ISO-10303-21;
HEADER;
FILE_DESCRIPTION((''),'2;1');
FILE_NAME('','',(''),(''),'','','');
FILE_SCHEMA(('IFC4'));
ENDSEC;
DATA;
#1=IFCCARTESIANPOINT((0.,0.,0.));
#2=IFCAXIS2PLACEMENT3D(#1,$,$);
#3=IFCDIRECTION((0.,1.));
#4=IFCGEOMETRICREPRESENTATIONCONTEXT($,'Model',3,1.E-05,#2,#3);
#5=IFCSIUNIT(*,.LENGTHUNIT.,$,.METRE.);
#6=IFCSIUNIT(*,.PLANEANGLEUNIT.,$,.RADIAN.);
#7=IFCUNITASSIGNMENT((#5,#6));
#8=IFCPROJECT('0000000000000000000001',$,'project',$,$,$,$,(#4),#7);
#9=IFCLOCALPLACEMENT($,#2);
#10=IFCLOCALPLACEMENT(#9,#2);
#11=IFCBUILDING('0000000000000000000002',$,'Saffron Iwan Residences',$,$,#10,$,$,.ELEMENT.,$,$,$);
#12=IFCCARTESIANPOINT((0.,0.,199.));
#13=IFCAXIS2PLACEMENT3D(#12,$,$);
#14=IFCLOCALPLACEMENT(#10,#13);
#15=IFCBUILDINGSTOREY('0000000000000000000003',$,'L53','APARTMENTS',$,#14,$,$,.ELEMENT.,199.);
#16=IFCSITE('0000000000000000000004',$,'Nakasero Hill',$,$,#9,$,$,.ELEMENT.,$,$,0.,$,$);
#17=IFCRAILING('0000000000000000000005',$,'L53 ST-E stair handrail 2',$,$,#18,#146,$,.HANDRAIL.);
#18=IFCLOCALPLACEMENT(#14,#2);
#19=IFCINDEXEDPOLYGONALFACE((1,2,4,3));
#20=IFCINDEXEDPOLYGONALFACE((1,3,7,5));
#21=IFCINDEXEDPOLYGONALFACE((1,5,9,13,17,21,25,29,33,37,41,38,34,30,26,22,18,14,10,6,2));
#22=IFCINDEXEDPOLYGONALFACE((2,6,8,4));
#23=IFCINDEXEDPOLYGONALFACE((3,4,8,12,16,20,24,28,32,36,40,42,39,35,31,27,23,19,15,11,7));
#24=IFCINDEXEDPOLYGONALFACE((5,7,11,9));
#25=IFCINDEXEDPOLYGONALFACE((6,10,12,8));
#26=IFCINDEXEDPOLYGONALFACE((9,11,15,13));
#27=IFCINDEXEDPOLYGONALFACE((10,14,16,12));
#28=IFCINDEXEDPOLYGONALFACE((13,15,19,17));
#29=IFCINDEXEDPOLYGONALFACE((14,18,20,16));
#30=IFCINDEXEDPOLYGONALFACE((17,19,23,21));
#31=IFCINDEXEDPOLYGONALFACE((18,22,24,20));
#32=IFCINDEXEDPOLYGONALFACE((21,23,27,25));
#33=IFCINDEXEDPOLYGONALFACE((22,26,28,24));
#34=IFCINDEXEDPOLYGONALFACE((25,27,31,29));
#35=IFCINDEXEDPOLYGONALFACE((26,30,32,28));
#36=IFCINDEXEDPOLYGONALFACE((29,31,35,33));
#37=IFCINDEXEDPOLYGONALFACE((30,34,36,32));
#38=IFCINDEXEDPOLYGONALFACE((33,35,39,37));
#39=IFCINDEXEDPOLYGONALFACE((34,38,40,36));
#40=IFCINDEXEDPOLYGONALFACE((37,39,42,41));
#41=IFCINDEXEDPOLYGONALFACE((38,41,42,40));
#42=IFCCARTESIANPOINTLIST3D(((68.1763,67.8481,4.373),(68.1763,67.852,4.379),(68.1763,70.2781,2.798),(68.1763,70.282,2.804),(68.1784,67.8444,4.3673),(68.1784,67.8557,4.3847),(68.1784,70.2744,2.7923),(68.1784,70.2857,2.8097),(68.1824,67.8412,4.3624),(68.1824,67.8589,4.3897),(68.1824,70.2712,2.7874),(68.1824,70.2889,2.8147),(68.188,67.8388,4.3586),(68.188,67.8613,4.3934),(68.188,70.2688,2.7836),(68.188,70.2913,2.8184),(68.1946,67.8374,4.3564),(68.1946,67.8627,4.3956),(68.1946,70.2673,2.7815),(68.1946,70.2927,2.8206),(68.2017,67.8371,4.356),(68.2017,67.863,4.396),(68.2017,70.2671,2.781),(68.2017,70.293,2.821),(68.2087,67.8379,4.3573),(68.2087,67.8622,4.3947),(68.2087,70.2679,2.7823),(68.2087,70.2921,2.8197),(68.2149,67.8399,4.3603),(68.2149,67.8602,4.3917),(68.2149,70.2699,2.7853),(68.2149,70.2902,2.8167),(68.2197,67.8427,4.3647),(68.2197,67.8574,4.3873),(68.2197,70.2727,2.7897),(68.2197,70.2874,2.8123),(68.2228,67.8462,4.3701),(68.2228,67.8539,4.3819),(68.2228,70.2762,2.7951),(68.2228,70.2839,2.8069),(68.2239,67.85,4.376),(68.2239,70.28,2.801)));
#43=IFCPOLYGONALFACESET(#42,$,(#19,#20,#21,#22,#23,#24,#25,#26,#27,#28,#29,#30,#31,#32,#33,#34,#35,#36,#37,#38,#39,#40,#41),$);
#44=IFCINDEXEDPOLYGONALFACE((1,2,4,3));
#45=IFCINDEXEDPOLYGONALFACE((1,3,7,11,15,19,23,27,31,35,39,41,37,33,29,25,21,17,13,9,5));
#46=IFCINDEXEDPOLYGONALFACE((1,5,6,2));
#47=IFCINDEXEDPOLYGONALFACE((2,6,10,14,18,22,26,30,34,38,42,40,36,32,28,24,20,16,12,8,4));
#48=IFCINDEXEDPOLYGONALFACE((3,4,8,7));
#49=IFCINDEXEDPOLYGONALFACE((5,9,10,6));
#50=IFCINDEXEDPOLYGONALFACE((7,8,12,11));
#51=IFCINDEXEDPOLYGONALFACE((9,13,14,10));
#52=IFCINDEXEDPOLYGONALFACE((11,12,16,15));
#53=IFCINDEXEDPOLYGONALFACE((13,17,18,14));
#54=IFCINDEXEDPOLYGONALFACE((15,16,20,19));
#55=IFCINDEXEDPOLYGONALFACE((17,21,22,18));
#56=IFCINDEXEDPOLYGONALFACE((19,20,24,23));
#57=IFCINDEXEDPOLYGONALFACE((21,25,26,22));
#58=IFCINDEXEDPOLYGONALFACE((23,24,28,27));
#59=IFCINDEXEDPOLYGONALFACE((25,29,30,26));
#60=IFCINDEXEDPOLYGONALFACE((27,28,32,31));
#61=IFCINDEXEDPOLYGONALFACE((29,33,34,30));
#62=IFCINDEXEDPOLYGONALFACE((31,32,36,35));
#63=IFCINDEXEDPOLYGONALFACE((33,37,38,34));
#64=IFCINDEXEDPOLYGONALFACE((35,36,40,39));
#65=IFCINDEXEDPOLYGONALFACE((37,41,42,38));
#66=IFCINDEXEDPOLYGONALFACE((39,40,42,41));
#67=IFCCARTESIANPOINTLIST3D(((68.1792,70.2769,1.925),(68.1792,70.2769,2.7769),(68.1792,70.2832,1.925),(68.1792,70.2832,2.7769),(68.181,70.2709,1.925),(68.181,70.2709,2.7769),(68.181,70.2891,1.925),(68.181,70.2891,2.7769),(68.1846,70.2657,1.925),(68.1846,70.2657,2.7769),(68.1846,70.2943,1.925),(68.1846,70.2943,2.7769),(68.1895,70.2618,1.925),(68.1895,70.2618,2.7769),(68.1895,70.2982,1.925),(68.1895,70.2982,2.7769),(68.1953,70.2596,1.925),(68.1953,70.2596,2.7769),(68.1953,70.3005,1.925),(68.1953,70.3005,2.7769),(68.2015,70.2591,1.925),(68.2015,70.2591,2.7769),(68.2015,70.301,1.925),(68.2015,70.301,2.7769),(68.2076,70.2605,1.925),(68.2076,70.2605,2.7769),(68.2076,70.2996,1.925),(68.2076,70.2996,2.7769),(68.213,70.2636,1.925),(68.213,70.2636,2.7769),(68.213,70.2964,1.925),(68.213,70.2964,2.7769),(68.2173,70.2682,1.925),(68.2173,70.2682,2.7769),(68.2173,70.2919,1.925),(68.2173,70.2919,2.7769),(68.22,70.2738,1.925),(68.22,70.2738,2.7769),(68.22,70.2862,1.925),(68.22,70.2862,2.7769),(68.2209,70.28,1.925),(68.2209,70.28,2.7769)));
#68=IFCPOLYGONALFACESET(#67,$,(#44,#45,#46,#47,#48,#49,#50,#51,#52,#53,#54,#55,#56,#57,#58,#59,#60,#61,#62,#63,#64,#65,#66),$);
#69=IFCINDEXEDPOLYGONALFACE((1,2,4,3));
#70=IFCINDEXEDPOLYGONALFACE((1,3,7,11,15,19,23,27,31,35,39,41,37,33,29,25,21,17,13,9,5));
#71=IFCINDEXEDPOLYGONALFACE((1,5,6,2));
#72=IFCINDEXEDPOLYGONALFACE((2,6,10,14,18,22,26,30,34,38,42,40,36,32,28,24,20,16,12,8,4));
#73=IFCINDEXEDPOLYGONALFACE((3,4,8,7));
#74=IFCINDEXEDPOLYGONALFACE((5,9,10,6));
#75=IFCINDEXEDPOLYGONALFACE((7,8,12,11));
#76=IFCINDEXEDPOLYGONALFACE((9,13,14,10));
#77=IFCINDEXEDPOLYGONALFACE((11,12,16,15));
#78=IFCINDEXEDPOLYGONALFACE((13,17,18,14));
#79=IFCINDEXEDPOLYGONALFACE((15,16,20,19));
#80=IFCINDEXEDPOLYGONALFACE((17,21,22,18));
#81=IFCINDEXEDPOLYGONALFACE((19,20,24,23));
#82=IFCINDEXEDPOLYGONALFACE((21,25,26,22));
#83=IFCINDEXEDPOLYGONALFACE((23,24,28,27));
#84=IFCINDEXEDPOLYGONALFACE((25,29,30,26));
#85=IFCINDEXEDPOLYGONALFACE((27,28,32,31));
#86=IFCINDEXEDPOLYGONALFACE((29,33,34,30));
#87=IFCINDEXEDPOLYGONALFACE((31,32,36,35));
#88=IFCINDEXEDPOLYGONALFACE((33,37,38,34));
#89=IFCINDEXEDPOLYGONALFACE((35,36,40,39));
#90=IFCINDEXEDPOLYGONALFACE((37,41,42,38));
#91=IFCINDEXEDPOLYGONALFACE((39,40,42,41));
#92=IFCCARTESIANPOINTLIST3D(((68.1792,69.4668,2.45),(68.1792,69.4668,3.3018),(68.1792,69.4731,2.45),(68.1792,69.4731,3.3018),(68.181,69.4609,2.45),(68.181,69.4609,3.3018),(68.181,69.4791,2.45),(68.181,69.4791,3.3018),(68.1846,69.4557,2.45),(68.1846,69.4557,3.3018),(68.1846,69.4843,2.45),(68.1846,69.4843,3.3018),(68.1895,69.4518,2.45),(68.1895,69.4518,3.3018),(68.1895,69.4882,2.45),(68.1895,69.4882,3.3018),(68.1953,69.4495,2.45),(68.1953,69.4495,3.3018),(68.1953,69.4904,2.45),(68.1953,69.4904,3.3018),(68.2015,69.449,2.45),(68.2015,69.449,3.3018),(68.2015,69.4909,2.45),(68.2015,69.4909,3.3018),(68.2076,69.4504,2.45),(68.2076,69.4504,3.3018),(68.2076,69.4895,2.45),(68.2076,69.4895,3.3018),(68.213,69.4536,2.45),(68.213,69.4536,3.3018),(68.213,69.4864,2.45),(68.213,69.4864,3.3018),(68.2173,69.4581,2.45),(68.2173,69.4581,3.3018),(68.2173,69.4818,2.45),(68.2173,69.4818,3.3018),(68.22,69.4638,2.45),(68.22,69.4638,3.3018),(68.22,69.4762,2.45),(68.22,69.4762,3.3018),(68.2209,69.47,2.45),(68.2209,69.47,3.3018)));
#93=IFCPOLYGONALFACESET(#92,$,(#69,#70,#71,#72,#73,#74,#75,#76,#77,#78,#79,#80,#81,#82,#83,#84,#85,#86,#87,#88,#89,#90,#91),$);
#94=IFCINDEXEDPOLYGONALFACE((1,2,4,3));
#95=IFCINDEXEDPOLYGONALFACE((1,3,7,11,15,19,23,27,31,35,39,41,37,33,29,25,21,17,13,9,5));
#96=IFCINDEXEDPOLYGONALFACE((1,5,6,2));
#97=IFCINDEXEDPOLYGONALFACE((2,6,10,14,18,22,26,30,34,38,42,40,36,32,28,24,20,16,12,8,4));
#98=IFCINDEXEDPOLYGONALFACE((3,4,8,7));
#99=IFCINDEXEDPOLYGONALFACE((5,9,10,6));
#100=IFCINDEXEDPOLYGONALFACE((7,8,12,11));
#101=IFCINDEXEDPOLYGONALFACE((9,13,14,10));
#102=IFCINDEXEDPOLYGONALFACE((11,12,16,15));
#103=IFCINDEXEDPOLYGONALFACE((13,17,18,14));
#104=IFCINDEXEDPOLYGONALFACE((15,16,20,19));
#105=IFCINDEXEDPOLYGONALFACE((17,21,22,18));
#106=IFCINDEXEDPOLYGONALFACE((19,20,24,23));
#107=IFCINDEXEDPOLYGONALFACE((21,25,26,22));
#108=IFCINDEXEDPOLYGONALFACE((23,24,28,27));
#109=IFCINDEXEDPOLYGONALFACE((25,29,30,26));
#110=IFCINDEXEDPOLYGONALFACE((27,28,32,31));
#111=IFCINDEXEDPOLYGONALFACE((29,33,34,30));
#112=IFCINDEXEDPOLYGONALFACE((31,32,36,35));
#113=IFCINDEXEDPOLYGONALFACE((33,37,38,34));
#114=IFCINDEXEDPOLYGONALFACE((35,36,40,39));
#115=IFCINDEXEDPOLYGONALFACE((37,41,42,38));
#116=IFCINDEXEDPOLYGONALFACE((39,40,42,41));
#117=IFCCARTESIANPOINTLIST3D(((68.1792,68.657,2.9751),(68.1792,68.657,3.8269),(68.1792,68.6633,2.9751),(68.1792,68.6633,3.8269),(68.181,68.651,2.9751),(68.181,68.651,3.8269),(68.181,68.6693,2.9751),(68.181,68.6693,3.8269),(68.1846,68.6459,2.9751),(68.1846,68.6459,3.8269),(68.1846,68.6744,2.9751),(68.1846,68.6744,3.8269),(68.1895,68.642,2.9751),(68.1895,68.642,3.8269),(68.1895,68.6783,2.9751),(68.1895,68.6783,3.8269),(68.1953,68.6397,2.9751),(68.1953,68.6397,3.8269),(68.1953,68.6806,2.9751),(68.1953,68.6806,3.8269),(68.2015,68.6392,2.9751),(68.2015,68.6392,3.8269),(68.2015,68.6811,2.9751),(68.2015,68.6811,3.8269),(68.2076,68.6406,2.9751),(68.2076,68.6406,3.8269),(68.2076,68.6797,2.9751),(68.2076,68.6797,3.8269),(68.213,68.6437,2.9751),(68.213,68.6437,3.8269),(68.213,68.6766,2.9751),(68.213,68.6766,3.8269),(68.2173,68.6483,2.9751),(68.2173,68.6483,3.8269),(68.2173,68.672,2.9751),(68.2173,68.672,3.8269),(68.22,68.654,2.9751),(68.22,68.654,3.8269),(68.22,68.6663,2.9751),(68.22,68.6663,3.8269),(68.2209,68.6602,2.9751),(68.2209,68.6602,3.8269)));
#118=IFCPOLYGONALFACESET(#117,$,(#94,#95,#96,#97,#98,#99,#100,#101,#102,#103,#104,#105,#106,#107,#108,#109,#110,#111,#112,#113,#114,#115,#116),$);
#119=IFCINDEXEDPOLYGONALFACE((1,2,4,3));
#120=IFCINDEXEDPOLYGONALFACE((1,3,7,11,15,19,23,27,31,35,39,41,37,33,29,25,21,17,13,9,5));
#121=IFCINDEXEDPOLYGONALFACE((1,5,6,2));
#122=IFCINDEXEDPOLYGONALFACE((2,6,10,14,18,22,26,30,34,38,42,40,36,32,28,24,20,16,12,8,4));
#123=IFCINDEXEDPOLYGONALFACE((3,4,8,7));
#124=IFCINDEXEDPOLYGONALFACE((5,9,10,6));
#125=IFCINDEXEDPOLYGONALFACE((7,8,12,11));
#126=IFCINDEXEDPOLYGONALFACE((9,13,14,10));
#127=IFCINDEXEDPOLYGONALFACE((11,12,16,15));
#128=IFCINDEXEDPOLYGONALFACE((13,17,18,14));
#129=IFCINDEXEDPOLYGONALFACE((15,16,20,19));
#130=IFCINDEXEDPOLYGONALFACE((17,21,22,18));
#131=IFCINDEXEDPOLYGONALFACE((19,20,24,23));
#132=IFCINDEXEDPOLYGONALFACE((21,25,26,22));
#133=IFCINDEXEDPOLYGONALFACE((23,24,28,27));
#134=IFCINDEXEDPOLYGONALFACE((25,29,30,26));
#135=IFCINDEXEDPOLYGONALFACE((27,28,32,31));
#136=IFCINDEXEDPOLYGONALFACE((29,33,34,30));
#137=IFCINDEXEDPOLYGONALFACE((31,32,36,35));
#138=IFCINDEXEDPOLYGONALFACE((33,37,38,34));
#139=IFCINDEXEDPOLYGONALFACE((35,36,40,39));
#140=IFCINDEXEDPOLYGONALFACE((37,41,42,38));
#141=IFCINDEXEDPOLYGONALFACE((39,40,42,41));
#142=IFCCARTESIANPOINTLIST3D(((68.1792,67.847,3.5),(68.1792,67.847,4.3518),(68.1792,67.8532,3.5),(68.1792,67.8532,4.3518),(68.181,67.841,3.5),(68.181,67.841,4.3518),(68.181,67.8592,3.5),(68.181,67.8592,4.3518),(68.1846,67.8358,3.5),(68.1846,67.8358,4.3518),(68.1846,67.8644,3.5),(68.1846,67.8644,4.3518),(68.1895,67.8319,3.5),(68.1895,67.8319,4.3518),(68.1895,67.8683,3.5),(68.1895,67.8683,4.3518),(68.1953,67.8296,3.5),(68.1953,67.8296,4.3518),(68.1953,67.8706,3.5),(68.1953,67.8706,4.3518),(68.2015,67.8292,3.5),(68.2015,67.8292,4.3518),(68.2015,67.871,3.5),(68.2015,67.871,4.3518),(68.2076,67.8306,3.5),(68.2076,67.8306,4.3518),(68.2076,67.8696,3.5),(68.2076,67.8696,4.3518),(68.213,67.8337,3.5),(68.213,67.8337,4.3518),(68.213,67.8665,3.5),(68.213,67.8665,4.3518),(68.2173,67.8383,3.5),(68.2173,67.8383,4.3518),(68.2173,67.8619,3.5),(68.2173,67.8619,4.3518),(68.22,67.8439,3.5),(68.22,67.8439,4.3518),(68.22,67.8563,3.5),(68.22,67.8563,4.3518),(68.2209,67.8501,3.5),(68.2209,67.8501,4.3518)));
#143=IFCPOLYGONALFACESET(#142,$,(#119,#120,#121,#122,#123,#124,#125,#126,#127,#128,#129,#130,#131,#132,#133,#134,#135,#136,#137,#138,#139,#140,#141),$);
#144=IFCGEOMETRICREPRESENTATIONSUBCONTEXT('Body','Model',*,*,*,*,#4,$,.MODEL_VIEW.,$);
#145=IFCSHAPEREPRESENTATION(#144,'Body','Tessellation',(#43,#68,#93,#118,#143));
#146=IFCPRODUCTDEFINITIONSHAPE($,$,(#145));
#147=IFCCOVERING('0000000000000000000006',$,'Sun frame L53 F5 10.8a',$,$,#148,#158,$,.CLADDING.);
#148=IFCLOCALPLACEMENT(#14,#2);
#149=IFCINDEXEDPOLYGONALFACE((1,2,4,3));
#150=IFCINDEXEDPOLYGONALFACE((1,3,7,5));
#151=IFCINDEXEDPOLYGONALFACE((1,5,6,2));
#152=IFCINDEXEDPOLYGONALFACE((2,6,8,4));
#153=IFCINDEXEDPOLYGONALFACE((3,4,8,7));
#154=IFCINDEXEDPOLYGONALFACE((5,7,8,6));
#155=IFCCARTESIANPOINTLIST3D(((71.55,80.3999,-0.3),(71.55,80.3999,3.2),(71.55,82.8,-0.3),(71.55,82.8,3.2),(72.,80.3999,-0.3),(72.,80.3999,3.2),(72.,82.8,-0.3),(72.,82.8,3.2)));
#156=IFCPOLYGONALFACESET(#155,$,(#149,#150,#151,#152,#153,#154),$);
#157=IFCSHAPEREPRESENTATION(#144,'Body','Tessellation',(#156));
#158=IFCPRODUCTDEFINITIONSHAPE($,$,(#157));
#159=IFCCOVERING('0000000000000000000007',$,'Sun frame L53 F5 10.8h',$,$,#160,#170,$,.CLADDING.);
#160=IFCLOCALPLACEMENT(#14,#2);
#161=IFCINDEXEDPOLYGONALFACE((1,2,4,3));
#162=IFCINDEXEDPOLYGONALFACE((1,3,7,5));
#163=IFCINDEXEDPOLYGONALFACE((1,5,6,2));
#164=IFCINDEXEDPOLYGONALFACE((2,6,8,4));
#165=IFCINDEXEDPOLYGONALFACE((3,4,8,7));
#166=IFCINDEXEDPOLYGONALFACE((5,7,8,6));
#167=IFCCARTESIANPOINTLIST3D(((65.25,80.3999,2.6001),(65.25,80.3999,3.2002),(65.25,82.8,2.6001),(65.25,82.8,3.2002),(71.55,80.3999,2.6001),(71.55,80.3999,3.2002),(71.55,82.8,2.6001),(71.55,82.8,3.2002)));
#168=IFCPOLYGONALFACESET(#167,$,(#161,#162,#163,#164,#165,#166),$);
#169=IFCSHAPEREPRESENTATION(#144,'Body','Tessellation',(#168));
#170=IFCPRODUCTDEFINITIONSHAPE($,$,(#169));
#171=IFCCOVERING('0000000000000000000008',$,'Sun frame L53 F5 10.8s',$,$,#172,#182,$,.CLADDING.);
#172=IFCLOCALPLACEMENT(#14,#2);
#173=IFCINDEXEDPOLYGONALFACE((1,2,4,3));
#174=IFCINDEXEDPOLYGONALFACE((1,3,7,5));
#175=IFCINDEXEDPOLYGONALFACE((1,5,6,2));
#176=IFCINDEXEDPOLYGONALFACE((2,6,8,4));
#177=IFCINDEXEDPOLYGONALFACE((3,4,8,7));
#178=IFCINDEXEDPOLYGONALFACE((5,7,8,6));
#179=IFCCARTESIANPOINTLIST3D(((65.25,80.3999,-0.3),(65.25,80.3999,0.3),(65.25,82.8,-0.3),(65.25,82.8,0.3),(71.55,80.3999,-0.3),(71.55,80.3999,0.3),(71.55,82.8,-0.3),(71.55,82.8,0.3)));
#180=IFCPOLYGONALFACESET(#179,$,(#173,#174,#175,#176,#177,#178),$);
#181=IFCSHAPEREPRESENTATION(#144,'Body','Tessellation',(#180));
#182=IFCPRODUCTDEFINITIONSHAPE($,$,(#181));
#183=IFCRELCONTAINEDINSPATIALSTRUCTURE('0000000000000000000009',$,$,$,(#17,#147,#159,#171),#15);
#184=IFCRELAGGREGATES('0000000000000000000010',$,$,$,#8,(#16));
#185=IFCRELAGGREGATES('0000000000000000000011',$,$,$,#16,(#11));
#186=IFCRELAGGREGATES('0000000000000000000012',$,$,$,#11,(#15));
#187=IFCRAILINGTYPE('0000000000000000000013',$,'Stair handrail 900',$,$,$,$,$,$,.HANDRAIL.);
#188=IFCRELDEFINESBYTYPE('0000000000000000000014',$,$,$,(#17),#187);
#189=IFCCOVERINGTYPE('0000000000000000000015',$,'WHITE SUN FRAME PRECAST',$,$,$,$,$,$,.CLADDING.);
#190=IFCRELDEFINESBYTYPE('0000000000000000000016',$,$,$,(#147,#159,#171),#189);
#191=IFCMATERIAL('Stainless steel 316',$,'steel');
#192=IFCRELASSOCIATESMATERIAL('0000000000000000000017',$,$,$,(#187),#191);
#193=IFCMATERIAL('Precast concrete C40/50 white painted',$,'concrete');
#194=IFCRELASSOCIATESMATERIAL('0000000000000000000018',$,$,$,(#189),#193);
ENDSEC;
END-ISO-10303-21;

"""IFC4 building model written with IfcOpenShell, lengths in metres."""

from ifc_helpers import new_model, si_unit, direction, frame, origin, origin_2d, place, context, subcontext, project, spatial, polyline, circle, outline, extrude, material, type_object, element, save


model = new_model("IFC4")

# Units and contexts
model_context = context("Model", 3, precision=1e-05, world=origin(), true_north=direction((0.0, 1.0)))
body_context = subcontext(model_context, "Body", "Model", "MODEL_VIEW")
ifc_project = project(units=[si_unit("LENGTHUNIT", "METRE"), si_unit("PLANEANGLEUNIT", "RADIAN")], contexts=[model_context])

# Site, building, storey
site_placement = place(None, origin())
site = spatial("IfcSite", under=ifc_project, at=site_placement, Name="Nakasero Hill", CompositionType="ELEMENT", RefElevation=0.0)
building_placement = place(site_placement, origin())
building = spatial("IfcBuilding", under=site, at=building_placement, Name="Saffron Iwan Residences", CompositionType="ELEMENT")
storey_placement = place(building_placement, frame((0.0, 0.0, 199.0)))
storey = spatial("IfcBuildingStorey", under=building, at=storey_placement, Name="L53", Description="APARTMENTS", CompositionType="ELEMENT", Elevation=199.0)

# Railing
ifc_material_1 = material(Name="Stainless steel 316", Category="steel")
railing_type_1 = type_object("IfcRailingType", Name="Stair handrail 900", PredefinedType="HANDRAIL", material=ifc_material_1)
railing_1_placement = place(storey_placement, frame((68.2, 70.28, 1.925)))
element("IfcRailing", 1, at=railing_1_placement, inside=storey, type_object=railing_type_1, Name="L53 ST-E stair handrail 2", PredefinedType="HANDRAIL", context=body_context, shape_type="SweptSolid", body=[
    extrude(circle(Radius=0.0239, at=origin_2d()), frame((0.0, 0.0, 0.876), z_axis=(0.0, -0.839154, 0.543894), x_axis=(1.0, 0.0, 0.0)), (0.0, 0.0, 1.0), 2.8958),
    extrude(circle(Radius=0.021, at=origin_2d()), origin(), (0.0, 0.0, 1.0), 0.8518),
    extrude(circle(Radius=0.021, at=origin_2d()), frame((0.0, -0.8101, 0.5249)), (0.0, 0.0, 1.0), 0.8518),
    extrude(circle(Radius=0.021, at=origin_2d()), frame((0.0, -1.6199, 1.05)), (0.0, 0.0, 1.0), 0.8518),
    extrude(circle(Radius=0.021, at=origin_2d()), frame((0.0, -2.4299, 1.575)), (0.0, 0.0, 1.0), 0.8518),
])

# Coverings
ifc_material_2 = material(Name="Precast concrete C40/50 white painted", Category="concrete")
covering_type = type_object("IfcCoveringType", Name="WHITE SUN FRAME PRECAST", PredefinedType="CLADDING", material=ifc_material_2)
covering_placement = place(storey_placement, frame((72.0, 80.3999, -0.3), z_axis=(0.0, 1.0, 0.0), x_axis=(-1.0, 0.0, 0.0)))
element("IfcCovering", 2, at=covering_placement, inside=storey, type_object=covering_type, Name="Sun frame L53 F5 10.8a", PredefinedType="CLADDING", context=body_context, shape_type="SweptSolid", body=[
    extrude(outline(polyline([(0.0, 0.0), (0.45, 0.0), (0.45, 3.5), (0.0, 3.5), (0.0, 0.0)])), origin(), (0.0, 0.0, 1.0), 2.4001),
])
for number, where, z_axis, x_axis, name in (
    (3, (71.55, 80.3999, 2.6001), (0.0, 1.0, 0.0), (-1.0, 0.0, 0.0), "Sun frame L53 F5 10.8h"),
    (4, (71.55, 80.3999, -0.3), (0.0, 1.0, 0.0), (-1.0, 0.0, 0.0), "Sun frame L53 F5 10.8s"),
):
    element("IfcCovering", number, at=place(storey_placement, frame(where, z_axis=z_axis, x_axis=x_axis)), inside=storey, type_object=covering_type, Name=name, PredefinedType="CLADDING", context=body_context, shape_type="SweptSolid", body=[
        extrude(outline(polyline([(0.0, 0.0), (6.3, 0.0), (6.3, 0.6001), (0.0, 0.6001), (0.0, 0.0)])), origin(), (0.0, 0.0, 1.0), 2.4001),
    ])

save(model, "model.ifc")
